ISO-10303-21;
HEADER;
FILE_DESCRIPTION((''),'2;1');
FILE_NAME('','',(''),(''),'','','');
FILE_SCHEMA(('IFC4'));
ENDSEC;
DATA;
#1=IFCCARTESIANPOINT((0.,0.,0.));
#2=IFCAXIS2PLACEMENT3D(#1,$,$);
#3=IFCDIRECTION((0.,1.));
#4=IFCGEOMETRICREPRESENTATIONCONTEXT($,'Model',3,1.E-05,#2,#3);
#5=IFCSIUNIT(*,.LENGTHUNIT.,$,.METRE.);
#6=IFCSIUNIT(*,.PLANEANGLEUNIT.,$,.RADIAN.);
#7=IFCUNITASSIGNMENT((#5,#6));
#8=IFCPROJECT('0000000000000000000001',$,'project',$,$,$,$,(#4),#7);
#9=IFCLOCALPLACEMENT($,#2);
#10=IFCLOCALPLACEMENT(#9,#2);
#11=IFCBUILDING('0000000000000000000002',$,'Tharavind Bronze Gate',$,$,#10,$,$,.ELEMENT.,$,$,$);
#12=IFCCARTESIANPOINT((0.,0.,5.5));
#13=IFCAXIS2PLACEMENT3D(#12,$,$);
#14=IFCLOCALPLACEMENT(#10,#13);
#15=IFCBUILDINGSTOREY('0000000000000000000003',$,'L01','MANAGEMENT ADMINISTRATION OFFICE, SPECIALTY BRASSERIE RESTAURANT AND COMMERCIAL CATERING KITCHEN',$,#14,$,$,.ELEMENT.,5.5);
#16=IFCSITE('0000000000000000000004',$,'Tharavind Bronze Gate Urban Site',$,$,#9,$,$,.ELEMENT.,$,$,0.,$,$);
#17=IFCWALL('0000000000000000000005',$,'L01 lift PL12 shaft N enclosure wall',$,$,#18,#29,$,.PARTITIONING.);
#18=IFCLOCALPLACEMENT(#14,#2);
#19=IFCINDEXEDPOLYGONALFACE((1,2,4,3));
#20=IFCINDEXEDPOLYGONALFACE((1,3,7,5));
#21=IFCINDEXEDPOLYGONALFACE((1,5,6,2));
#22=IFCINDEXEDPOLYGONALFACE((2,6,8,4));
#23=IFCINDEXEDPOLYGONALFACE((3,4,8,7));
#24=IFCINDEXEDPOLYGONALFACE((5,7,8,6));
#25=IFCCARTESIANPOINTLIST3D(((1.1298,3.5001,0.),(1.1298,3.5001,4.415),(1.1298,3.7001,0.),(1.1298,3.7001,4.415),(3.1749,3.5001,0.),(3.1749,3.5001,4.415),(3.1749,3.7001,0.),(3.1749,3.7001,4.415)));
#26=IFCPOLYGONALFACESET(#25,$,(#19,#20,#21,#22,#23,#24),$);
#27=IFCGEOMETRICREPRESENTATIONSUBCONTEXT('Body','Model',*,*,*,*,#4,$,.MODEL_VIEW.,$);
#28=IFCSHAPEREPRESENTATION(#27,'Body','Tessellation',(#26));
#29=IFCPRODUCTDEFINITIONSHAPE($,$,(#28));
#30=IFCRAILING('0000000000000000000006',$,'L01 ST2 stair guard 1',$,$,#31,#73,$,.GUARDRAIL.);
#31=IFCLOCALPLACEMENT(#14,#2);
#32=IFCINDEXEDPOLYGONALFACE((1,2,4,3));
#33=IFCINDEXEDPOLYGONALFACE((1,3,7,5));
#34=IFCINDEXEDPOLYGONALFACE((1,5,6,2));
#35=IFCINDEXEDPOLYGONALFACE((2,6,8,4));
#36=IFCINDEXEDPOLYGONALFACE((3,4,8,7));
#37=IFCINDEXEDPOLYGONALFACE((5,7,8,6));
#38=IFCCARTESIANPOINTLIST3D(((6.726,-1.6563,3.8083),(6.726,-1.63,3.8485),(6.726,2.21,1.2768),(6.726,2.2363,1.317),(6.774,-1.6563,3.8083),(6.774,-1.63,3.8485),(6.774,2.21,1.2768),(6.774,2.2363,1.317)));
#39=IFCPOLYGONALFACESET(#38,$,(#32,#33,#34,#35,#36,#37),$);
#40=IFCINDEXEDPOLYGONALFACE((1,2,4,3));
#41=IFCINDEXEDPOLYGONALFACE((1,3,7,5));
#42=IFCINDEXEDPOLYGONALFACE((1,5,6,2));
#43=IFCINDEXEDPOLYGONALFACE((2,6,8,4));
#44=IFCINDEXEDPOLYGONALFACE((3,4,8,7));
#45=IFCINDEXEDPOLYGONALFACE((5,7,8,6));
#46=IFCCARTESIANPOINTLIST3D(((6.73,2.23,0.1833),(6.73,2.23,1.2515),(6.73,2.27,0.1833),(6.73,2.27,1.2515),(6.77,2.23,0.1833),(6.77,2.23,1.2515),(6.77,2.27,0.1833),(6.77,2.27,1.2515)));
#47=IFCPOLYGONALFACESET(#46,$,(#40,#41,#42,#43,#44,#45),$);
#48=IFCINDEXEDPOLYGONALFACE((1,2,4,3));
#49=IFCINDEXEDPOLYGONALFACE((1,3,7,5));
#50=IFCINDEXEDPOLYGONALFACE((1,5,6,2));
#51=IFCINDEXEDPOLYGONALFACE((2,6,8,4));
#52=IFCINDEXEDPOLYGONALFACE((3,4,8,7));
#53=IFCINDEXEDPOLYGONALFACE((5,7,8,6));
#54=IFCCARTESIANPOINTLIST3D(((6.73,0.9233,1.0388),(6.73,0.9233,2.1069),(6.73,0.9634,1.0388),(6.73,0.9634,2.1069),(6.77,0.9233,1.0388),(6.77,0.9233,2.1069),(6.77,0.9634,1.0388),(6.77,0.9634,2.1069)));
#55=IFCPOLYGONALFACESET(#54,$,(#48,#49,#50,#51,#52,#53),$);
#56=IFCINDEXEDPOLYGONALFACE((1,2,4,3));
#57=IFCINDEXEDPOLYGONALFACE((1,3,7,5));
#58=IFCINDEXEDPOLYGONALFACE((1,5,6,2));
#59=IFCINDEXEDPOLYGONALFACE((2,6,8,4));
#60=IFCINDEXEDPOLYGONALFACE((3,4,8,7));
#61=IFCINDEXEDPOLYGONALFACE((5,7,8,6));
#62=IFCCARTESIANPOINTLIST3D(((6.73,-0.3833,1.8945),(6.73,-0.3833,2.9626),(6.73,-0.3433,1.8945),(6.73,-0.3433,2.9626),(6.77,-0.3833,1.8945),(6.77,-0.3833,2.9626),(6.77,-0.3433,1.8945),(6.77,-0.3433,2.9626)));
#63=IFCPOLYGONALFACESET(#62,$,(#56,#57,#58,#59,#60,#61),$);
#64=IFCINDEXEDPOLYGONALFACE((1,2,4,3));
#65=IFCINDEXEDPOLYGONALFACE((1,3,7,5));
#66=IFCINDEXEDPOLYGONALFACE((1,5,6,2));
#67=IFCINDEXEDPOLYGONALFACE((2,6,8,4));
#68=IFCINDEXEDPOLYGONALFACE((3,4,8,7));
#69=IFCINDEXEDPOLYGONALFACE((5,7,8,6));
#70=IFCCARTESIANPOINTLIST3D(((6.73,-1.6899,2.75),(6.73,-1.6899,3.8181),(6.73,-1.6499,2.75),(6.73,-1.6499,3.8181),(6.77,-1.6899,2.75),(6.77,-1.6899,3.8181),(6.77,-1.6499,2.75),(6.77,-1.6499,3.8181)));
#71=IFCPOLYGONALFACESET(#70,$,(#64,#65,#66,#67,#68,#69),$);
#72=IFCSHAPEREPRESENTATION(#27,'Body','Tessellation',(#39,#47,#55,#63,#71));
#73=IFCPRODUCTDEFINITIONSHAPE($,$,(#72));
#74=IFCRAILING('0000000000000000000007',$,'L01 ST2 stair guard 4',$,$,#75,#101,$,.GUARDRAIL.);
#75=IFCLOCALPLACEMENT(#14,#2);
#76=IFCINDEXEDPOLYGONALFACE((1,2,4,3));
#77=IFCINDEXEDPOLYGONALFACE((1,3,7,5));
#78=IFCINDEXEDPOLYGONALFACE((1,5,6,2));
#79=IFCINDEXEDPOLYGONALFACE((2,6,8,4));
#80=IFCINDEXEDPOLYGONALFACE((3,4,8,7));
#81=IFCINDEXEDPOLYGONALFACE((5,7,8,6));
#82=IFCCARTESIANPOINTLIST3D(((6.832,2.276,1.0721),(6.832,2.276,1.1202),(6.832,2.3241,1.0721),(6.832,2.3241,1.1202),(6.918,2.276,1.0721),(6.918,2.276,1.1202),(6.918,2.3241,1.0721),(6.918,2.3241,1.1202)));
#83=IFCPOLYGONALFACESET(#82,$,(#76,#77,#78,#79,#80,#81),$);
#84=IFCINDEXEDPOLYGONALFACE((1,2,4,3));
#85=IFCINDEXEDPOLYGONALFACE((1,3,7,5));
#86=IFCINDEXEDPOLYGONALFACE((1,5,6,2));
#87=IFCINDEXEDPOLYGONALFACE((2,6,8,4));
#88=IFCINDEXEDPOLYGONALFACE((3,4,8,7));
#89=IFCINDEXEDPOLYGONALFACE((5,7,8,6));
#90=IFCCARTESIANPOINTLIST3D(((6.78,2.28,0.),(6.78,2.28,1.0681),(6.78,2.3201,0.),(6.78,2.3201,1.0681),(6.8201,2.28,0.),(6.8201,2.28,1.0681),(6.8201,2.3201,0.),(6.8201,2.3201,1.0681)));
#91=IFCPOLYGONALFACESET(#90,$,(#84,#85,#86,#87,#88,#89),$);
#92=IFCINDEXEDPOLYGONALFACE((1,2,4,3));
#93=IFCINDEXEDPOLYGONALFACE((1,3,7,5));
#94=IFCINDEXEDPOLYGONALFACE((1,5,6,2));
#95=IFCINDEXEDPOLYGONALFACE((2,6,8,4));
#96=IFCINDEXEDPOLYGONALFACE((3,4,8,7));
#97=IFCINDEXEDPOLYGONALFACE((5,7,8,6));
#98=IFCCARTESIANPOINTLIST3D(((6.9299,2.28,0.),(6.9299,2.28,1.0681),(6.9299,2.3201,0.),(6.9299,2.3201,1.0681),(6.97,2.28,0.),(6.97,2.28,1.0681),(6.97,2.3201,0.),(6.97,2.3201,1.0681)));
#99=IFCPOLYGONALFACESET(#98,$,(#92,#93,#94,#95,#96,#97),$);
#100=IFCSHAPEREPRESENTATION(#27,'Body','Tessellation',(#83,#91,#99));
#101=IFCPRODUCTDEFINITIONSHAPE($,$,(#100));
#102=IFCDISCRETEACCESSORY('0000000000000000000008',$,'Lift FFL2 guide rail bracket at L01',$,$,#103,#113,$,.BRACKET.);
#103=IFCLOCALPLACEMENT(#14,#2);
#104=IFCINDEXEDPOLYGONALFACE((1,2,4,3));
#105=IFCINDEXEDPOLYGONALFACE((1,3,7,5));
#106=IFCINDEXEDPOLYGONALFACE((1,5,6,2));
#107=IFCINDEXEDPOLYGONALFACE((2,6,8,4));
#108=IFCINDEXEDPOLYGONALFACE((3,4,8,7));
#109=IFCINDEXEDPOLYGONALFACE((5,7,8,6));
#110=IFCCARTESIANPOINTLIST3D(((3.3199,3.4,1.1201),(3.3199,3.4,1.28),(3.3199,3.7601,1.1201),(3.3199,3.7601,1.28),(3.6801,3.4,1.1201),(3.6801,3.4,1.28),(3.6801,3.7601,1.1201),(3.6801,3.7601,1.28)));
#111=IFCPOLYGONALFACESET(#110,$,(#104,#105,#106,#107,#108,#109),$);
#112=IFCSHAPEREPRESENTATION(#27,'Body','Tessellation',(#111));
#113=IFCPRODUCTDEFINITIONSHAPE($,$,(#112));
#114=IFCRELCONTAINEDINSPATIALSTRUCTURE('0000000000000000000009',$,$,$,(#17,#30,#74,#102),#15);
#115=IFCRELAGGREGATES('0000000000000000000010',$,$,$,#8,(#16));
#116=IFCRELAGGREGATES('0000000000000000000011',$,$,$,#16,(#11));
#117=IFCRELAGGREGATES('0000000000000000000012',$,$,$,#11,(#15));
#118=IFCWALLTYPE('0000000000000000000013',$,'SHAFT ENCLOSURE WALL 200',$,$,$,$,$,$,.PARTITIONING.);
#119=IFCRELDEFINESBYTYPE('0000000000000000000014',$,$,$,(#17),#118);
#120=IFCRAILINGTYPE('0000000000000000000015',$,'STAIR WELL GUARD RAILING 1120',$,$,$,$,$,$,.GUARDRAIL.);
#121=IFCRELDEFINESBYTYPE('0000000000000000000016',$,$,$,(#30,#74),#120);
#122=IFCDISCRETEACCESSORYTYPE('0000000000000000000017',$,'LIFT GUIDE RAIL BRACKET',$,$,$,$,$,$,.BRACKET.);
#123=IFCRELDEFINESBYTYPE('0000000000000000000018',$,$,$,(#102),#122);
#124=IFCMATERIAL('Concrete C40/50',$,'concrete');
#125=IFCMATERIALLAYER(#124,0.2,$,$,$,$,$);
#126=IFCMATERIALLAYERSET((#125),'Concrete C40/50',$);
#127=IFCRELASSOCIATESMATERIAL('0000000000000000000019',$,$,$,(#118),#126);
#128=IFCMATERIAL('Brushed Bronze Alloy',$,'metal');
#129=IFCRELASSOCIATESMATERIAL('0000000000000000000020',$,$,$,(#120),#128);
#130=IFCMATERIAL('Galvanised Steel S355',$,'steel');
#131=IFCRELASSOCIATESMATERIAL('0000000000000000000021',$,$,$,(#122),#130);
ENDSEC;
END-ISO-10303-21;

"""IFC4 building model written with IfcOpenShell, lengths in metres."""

from ifc_helpers import new_model, si_unit, direction, frame, frame_2d, origin, origin_2d, place, context, subcontext, project, spatial, rectangle, extrude, material, layer, layer_set, type_object, element, save


model = new_model("IFC4")

# Units and contexts
model_context = context("Model", 3, precision=1e-05, world=origin(), true_north=direction((0.0, 1.0)))
body_context = subcontext(model_context, "Body", "Model", "MODEL_VIEW")
ifc_project = project(units=[si_unit("LENGTHUNIT", "METRE"), si_unit("PLANEANGLEUNIT", "RADIAN")], contexts=[model_context])

# Site, building, storey
site_placement = place(None, origin())
site = spatial("IfcSite", under=ifc_project, at=site_placement, Name="Tharavind Bronze Gate Urban Site", CompositionType="ELEMENT", RefElevation=0.0)
building_placement = place(site_placement, origin())
building = spatial("IfcBuilding", under=site, at=building_placement, Name="Tharavind Bronze Gate", CompositionType="ELEMENT")
storey_placement = place(building_placement, frame((0.0, 0.0, 5.5)))
storey = spatial("IfcBuildingStorey", under=building, at=storey_placement, Name="L01", Description="MANAGEMENT ADMINISTRATION OFFICE, SPECIALTY BRASSERIE RESTAURANT AND COMMERCIAL CATERING KITCHEN", CompositionType="ELEMENT", Elevation=5.5)

# Wall
ifc_material_1 = material(Name="Concrete C40/50", Category="concrete")
ifc_layer_1 = layer(ifc_material_1, 0.2)
ifc_layer_set_1 = layer_set([ifc_layer_1], Name="Concrete C40/50")
wall_type_1 = type_object("IfcWallType", Name="SHAFT ENCLOSURE WALL 200", PredefinedType="PARTITIONING", material=ifc_layer_set_1)
wall_1_placement = place(storey_placement, frame((1.1299, 3.6001, 0.0), z_axis=(0.0, 0.0, 1.0), x_axis=(1.0, 0.0, 0.0)))
element("IfcWall", 1, at=wall_1_placement, inside=storey, type_object=wall_type_1, Name="L01 lift PL12 shaft N enclosure wall", PredefinedType="PARTITIONING", context=body_context, shape_type="SweptSolid", body=[
    extrude(rectangle(XDim=2.0452, YDim=0.2, at=frame_2d((1.0225, 0.0))), origin(), (0.0, 0.0, 1.0), 4.415),
])

# Railings
ifc_material_2 = material(Name="Brushed Bronze Alloy", Category="metal")
railing_type = type_object("IfcRailingType", Name="STAIR WELL GUARD RAILING 1120", PredefinedType="GUARDRAIL", material=ifc_material_2)
railing_1_placement = place(storey_placement, frame((6.75, 2.25, 0.1833)))
element("IfcRailing", 2, at=railing_1_placement, inside=storey, type_object=railing_type, Name="L01 ST2 stair guard 1", PredefinedType="GUARDRAIL", context=body_context, shape_type="SweptSolid", body=[
    extrude(rectangle(XDim=0.0481, YDim=0.0481, at=origin_2d()), frame((0.0, -0.0269, 1.1135), z_axis=(0.0, -0.836615, 0.547791), x_axis=(1.0, 0.0, 0.0)), (0.0, 0.0, 1.0), 4.6213),
    extrude(rectangle(XDim=0.04, YDim=0.04, at=origin_2d()), origin(), (0.0, 0.0, 1.0), 1.0681),
    extrude(rectangle(XDim=0.04, YDim=0.04, at=origin_2d()), frame((0.0, -1.3066, 0.8555)), (0.0, 0.0, 1.0), 1.0681),
    extrude(rectangle(XDim=0.04, YDim=0.04, at=origin_2d()), frame((0.0, -2.6133, 1.7112)), (0.0, 0.0, 1.0), 1.0681),
    extrude(rectangle(XDim=0.04, YDim=0.04, at=origin_2d()), frame((0.0, -3.9199, 2.5667)), (0.0, 0.0, 1.0), 1.0681),
])
railing_2_placement = place(storey_placement, frame((6.8, 2.3, 0.0)))
element("IfcRailing", 3, at=railing_2_placement, inside=storey, type_object=railing_type, Name="L01 ST2 stair guard 4", PredefinedType="GUARDRAIL", context=body_context, shape_type="SweptSolid", body=[
    extrude(rectangle(XDim=0.0481, YDim=0.0481, at=origin_2d()), frame((0.032, 0.0, 1.0962), z_axis=(1.0, 0.0, 0.0), x_axis=(0.0, 1.0, 0.0)), (0.0, 0.0, 1.0), 0.0859),
    extrude(rectangle(XDim=0.04, YDim=0.04, at=origin_2d()), origin(), (0.0, 0.0, 1.0), 1.0681),
    extrude(rectangle(XDim=0.04, YDim=0.04, at=origin_2d()), frame((0.1499, 0.0, 0.0)), (0.0, 0.0, 1.0), 1.0681),
])

# Discrete accessory
ifc_material_3 = material(Name="Galvanised Steel S355", Category="steel")
discrete_accessory_type = type_object("IfcDiscreteAccessoryType", Name="LIFT GUIDE RAIL BRACKET", PredefinedType="BRACKET", material=ifc_material_3)
discrete_accessory_placement = place(storey_placement, frame((3.5, 3.5801, 1.1201), z_axis=(0.0, 0.0, 1.0), x_axis=(1.0, 0.0, 0.0)))
element("IfcDiscreteAccessory", 4, at=discrete_accessory_placement, inside=storey, type_object=discrete_accessory_type, Name="Lift FFL2 guide rail bracket at L01", PredefinedType="BRACKET", context=body_context, shape_type="SweptSolid", body=[
    extrude(rectangle(XDim=0.3601, YDim=0.3601, at=origin_2d()), origin(), (0.0, 0.0, 1.0), 0.1599),
])

save(model, "model.ifc")
